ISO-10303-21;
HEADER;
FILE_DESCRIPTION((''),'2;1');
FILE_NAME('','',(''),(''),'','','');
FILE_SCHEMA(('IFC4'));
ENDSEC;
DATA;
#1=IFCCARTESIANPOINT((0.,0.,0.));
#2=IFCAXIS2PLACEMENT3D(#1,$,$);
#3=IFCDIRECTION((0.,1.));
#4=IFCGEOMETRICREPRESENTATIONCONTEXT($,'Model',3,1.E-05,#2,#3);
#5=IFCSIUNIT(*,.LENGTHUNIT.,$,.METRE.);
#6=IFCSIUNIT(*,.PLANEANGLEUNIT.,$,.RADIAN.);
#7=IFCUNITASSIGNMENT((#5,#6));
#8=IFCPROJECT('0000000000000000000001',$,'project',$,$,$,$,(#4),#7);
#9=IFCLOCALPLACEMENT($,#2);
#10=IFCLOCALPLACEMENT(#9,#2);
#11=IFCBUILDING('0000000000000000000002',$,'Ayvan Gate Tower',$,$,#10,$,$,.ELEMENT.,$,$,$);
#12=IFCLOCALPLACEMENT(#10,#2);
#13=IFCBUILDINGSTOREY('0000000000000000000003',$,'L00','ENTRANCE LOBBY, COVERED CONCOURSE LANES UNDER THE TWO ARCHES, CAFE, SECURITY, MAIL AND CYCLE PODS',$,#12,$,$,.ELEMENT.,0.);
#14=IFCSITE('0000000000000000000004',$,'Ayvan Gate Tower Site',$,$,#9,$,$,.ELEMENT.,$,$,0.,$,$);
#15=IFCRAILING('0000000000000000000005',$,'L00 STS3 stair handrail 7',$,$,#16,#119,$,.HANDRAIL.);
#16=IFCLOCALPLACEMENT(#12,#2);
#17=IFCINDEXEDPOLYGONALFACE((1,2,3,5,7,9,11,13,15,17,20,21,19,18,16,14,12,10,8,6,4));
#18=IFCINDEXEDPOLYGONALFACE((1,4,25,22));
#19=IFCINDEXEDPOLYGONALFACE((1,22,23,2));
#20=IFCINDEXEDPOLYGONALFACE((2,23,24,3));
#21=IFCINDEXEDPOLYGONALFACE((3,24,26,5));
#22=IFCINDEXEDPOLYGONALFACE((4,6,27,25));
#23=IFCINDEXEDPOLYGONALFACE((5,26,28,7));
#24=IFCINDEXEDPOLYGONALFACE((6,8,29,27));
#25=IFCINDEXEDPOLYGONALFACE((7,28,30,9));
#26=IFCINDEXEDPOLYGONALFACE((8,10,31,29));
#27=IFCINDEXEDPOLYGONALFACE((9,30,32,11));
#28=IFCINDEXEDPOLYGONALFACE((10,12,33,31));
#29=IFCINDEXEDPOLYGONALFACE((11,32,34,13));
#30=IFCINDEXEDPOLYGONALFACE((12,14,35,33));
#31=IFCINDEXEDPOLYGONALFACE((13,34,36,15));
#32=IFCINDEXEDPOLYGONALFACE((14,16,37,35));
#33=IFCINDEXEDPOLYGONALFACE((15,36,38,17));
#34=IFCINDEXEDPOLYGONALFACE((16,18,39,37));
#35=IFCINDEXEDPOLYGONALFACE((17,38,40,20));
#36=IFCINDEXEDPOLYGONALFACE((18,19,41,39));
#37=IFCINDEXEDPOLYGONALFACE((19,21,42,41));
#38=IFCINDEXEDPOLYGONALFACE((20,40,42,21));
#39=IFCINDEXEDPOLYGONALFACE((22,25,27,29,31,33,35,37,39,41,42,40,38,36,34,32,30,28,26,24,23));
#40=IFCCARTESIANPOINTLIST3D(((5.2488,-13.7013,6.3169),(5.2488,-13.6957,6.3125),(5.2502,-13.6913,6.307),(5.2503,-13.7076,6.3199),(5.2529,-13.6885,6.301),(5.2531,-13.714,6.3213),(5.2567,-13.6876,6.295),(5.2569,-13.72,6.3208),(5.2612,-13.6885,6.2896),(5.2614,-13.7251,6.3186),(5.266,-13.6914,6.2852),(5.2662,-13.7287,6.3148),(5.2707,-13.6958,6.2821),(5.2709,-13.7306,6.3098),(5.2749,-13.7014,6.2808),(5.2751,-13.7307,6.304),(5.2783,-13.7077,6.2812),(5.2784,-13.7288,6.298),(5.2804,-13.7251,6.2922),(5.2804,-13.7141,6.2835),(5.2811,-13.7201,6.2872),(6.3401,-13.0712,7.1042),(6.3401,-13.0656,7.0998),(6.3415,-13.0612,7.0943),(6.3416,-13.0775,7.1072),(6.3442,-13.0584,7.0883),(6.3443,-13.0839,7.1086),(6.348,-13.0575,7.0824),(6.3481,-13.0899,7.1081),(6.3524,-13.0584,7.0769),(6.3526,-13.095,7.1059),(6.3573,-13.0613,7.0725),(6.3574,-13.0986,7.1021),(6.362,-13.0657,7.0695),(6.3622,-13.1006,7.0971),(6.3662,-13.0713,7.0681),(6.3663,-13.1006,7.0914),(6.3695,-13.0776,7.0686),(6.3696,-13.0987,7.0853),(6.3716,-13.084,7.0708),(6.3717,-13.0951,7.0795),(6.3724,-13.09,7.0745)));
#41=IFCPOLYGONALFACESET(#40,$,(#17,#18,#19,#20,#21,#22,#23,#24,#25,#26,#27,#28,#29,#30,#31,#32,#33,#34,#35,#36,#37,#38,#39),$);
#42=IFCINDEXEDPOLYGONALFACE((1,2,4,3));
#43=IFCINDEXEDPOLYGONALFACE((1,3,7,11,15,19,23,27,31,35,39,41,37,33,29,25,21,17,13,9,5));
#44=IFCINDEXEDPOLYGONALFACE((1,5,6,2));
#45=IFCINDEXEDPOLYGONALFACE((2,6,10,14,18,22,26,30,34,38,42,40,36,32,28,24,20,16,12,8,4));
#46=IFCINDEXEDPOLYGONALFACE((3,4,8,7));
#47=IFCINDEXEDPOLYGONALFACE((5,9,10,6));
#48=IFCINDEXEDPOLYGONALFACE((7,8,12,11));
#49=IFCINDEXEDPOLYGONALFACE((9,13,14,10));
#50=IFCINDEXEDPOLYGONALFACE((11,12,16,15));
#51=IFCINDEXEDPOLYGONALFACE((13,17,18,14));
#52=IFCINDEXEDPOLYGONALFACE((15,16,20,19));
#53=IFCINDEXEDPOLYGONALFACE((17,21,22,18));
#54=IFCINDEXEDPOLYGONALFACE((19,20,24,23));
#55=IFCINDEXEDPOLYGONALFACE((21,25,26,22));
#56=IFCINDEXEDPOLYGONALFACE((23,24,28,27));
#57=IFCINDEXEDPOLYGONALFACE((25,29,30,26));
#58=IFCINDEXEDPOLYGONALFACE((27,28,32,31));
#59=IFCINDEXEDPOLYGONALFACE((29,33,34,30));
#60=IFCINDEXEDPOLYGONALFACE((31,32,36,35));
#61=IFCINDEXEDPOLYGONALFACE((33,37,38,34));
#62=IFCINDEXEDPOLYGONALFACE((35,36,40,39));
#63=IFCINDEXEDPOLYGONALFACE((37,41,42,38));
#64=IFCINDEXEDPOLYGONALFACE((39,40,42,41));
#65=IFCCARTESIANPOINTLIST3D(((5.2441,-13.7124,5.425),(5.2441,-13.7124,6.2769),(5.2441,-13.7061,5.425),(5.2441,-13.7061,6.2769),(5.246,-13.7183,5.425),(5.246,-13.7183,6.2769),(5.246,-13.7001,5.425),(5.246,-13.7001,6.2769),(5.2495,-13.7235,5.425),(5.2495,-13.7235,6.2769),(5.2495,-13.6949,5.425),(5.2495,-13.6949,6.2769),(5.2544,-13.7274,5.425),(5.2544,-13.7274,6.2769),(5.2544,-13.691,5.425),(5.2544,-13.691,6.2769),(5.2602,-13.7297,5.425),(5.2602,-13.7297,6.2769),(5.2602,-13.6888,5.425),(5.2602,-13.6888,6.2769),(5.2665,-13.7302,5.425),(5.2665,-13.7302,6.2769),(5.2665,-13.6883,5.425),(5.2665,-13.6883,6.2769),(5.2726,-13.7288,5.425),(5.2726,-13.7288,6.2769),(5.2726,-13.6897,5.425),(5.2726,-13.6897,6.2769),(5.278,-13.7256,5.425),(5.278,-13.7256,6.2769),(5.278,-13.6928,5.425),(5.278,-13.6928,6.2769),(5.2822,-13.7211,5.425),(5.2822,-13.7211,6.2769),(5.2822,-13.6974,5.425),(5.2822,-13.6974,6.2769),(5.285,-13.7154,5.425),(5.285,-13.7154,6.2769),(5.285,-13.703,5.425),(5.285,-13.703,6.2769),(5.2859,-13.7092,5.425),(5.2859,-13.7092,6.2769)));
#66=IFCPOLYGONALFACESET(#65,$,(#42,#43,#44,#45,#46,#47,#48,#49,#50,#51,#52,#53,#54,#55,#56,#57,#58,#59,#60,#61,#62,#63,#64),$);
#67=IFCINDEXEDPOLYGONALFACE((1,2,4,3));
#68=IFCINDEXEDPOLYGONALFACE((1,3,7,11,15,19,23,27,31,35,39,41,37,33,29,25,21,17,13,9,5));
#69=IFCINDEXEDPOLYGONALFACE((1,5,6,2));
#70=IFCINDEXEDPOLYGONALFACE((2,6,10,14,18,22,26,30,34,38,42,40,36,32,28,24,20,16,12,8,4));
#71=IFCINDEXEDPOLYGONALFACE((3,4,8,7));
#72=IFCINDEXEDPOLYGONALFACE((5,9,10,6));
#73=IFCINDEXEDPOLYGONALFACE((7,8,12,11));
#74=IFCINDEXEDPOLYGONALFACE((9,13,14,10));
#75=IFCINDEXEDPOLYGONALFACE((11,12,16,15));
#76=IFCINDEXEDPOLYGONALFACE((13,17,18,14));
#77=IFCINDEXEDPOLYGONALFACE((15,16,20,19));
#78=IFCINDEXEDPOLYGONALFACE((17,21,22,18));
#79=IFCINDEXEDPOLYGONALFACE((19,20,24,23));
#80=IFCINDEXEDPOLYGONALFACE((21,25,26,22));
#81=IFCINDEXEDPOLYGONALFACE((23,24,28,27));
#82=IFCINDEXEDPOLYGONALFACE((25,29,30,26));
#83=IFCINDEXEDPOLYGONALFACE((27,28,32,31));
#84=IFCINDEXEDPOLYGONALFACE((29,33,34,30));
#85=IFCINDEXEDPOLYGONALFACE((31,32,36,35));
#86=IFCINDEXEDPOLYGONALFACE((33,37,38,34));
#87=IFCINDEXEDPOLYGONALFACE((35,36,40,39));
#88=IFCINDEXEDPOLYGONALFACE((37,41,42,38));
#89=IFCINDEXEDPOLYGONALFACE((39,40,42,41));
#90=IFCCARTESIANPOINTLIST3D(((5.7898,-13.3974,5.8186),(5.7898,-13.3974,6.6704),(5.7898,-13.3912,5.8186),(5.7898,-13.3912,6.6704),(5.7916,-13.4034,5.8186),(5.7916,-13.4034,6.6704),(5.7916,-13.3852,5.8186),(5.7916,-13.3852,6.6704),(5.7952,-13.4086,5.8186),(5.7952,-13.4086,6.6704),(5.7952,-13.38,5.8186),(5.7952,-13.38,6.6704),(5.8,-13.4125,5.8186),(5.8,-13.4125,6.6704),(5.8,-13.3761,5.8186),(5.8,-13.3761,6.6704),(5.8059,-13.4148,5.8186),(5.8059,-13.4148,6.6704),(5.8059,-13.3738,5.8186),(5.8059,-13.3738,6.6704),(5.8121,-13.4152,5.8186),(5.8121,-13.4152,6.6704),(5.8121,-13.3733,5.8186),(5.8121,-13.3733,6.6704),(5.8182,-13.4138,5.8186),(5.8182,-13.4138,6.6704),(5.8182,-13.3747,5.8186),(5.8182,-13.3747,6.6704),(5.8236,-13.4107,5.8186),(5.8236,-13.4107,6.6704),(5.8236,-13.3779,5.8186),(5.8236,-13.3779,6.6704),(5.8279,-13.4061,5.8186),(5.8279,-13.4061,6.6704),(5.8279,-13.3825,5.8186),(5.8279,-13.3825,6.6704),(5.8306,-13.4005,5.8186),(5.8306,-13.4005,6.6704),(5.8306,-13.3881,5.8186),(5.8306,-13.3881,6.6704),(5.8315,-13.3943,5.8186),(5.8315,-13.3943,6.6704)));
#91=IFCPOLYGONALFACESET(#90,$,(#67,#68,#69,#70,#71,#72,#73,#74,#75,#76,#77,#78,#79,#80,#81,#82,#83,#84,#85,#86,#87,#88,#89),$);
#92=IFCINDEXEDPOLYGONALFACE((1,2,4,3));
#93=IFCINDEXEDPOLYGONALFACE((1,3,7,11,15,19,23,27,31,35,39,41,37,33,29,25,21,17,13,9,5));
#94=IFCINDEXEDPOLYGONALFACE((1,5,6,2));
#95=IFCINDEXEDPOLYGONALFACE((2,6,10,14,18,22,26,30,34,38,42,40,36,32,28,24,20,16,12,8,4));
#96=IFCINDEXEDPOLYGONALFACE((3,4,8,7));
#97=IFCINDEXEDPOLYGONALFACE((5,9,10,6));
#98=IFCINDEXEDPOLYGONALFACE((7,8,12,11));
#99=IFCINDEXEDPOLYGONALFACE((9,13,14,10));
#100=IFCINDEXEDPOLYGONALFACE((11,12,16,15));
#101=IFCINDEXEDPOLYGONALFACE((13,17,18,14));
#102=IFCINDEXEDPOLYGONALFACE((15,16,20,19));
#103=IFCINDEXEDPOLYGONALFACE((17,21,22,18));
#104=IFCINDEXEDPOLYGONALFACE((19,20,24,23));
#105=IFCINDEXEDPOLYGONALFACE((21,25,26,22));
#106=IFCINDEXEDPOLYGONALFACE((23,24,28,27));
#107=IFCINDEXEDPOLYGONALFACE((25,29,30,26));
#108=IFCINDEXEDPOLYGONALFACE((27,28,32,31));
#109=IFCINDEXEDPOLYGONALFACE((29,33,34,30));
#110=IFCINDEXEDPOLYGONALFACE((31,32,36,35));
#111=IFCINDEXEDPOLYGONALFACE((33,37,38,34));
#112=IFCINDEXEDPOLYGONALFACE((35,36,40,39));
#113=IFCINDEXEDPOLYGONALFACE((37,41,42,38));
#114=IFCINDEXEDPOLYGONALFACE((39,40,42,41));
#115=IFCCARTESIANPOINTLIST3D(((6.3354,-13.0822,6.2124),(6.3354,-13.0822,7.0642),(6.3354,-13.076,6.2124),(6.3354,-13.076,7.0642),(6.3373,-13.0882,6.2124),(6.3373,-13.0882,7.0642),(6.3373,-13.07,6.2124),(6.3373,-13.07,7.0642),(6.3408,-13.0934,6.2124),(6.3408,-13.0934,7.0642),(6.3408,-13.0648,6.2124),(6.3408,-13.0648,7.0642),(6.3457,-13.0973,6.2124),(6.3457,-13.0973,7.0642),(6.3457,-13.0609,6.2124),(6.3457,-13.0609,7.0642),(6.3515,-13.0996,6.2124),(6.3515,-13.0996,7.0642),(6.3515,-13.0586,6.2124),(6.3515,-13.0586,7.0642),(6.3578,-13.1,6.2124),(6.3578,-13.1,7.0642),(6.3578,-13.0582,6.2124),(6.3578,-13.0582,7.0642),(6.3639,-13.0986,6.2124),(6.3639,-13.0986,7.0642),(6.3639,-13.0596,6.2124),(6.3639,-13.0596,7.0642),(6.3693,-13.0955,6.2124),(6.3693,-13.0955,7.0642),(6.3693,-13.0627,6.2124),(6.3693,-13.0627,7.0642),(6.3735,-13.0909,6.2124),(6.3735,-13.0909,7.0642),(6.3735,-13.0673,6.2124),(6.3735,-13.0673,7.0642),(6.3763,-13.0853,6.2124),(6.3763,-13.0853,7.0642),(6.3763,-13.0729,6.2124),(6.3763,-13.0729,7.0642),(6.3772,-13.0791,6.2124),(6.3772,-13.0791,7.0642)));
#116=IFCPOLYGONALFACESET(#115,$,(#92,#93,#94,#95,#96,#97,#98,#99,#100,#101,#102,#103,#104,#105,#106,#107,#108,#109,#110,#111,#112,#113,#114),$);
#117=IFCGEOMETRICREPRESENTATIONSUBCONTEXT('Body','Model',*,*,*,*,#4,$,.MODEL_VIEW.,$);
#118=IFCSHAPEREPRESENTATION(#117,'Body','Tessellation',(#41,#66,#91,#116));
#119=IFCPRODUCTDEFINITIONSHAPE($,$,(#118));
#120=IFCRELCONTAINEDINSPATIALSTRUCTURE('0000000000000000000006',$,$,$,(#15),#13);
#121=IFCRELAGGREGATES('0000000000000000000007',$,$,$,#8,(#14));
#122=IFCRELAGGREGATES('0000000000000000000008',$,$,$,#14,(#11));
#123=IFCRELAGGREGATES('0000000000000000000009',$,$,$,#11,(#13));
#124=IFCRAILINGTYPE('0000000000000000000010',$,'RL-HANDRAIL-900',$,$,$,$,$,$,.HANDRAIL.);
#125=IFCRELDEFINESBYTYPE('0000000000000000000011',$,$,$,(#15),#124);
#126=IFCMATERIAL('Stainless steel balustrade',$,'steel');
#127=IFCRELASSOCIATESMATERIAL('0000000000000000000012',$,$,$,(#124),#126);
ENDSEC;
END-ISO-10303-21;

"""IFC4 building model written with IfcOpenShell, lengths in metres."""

from ifc_helpers import new_model, si_unit, direction, frame, origin, origin_2d, place, context, subcontext, project, spatial, circle, extrude, material, type_object, element, save


model = new_model("IFC4")

# Units and contexts
model_context = context("Model", 3, precision=1e-05, world=origin(), true_north=direction((0.0, 1.0)))
body_context = subcontext(model_context, "Body", "Model", "MODEL_VIEW")
ifc_project = project(units=[si_unit("LENGTHUNIT", "METRE"), si_unit("PLANEANGLEUNIT", "RADIAN")], contexts=[model_context])

# Site, building, storey
site_placement = place(None, origin())
site = spatial("IfcSite", under=ifc_project, at=site_placement, Name="Ayvan Gate Tower Site", CompositionType="ELEMENT", RefElevation=0.0)
building_placement = place(site_placement, origin())
building = spatial("IfcBuilding", under=site, at=building_placement, Name="Ayvan Gate Tower", CompositionType="ELEMENT")
storey_placement = place(building_placement, origin())
storey = spatial("IfcBuildingStorey", under=building, at=storey_placement, Name="L00", Description="ENTRANCE LOBBY, COVERED CONCOURSE LANES UNDER THE TWO ARCHES, CAFE, SECURITY, MAIL AND CYCLE PODS", CompositionType="ELEMENT", Elevation=0.0)

# Railing
ifc_material_1 = material(Name="Stainless steel balustrade", Category="steel")
railing_type_1 = type_object("IfcRailingType", Name="RL-HANDRAIL-900", PredefinedType="HANDRAIL", material=ifc_material_1)
railing_1_placement = place(storey_placement, frame((5.2649, -13.7092, 5.425)))
element("IfcRailing", 1, at=railing_1_placement, inside=storey, type_object=railing_type_1, Name="L00 STS3 stair handrail 7", PredefinedType="HANDRAIL", context=body_context, shape_type="SweptSolid", body=[
    extrude(circle(Radius=0.0239, at=origin_2d()), frame((0.0, 0.0, 0.876), z_axis=(0.734436, 0.424067, 0.529878), x_axis=(-0.500035, 0.866005, 0.0)), (0.0, 0.0, 1.0), 1.4858),
    extrude(circle(Radius=0.021, at=origin_2d()), origin(), (0.0, 0.0, 1.0), 0.8518),
    extrude(circle(Radius=0.021, at=origin_2d()), frame((0.5457, 0.3149, 0.3936)), (0.0, 0.0, 1.0), 0.8518),
    extrude(circle(Radius=0.021, at=origin_2d()), frame((1.0913, 0.6301, 0.7874)), (0.0, 0.0, 1.0), 0.8518),
])

save(model, "model.ifc")
